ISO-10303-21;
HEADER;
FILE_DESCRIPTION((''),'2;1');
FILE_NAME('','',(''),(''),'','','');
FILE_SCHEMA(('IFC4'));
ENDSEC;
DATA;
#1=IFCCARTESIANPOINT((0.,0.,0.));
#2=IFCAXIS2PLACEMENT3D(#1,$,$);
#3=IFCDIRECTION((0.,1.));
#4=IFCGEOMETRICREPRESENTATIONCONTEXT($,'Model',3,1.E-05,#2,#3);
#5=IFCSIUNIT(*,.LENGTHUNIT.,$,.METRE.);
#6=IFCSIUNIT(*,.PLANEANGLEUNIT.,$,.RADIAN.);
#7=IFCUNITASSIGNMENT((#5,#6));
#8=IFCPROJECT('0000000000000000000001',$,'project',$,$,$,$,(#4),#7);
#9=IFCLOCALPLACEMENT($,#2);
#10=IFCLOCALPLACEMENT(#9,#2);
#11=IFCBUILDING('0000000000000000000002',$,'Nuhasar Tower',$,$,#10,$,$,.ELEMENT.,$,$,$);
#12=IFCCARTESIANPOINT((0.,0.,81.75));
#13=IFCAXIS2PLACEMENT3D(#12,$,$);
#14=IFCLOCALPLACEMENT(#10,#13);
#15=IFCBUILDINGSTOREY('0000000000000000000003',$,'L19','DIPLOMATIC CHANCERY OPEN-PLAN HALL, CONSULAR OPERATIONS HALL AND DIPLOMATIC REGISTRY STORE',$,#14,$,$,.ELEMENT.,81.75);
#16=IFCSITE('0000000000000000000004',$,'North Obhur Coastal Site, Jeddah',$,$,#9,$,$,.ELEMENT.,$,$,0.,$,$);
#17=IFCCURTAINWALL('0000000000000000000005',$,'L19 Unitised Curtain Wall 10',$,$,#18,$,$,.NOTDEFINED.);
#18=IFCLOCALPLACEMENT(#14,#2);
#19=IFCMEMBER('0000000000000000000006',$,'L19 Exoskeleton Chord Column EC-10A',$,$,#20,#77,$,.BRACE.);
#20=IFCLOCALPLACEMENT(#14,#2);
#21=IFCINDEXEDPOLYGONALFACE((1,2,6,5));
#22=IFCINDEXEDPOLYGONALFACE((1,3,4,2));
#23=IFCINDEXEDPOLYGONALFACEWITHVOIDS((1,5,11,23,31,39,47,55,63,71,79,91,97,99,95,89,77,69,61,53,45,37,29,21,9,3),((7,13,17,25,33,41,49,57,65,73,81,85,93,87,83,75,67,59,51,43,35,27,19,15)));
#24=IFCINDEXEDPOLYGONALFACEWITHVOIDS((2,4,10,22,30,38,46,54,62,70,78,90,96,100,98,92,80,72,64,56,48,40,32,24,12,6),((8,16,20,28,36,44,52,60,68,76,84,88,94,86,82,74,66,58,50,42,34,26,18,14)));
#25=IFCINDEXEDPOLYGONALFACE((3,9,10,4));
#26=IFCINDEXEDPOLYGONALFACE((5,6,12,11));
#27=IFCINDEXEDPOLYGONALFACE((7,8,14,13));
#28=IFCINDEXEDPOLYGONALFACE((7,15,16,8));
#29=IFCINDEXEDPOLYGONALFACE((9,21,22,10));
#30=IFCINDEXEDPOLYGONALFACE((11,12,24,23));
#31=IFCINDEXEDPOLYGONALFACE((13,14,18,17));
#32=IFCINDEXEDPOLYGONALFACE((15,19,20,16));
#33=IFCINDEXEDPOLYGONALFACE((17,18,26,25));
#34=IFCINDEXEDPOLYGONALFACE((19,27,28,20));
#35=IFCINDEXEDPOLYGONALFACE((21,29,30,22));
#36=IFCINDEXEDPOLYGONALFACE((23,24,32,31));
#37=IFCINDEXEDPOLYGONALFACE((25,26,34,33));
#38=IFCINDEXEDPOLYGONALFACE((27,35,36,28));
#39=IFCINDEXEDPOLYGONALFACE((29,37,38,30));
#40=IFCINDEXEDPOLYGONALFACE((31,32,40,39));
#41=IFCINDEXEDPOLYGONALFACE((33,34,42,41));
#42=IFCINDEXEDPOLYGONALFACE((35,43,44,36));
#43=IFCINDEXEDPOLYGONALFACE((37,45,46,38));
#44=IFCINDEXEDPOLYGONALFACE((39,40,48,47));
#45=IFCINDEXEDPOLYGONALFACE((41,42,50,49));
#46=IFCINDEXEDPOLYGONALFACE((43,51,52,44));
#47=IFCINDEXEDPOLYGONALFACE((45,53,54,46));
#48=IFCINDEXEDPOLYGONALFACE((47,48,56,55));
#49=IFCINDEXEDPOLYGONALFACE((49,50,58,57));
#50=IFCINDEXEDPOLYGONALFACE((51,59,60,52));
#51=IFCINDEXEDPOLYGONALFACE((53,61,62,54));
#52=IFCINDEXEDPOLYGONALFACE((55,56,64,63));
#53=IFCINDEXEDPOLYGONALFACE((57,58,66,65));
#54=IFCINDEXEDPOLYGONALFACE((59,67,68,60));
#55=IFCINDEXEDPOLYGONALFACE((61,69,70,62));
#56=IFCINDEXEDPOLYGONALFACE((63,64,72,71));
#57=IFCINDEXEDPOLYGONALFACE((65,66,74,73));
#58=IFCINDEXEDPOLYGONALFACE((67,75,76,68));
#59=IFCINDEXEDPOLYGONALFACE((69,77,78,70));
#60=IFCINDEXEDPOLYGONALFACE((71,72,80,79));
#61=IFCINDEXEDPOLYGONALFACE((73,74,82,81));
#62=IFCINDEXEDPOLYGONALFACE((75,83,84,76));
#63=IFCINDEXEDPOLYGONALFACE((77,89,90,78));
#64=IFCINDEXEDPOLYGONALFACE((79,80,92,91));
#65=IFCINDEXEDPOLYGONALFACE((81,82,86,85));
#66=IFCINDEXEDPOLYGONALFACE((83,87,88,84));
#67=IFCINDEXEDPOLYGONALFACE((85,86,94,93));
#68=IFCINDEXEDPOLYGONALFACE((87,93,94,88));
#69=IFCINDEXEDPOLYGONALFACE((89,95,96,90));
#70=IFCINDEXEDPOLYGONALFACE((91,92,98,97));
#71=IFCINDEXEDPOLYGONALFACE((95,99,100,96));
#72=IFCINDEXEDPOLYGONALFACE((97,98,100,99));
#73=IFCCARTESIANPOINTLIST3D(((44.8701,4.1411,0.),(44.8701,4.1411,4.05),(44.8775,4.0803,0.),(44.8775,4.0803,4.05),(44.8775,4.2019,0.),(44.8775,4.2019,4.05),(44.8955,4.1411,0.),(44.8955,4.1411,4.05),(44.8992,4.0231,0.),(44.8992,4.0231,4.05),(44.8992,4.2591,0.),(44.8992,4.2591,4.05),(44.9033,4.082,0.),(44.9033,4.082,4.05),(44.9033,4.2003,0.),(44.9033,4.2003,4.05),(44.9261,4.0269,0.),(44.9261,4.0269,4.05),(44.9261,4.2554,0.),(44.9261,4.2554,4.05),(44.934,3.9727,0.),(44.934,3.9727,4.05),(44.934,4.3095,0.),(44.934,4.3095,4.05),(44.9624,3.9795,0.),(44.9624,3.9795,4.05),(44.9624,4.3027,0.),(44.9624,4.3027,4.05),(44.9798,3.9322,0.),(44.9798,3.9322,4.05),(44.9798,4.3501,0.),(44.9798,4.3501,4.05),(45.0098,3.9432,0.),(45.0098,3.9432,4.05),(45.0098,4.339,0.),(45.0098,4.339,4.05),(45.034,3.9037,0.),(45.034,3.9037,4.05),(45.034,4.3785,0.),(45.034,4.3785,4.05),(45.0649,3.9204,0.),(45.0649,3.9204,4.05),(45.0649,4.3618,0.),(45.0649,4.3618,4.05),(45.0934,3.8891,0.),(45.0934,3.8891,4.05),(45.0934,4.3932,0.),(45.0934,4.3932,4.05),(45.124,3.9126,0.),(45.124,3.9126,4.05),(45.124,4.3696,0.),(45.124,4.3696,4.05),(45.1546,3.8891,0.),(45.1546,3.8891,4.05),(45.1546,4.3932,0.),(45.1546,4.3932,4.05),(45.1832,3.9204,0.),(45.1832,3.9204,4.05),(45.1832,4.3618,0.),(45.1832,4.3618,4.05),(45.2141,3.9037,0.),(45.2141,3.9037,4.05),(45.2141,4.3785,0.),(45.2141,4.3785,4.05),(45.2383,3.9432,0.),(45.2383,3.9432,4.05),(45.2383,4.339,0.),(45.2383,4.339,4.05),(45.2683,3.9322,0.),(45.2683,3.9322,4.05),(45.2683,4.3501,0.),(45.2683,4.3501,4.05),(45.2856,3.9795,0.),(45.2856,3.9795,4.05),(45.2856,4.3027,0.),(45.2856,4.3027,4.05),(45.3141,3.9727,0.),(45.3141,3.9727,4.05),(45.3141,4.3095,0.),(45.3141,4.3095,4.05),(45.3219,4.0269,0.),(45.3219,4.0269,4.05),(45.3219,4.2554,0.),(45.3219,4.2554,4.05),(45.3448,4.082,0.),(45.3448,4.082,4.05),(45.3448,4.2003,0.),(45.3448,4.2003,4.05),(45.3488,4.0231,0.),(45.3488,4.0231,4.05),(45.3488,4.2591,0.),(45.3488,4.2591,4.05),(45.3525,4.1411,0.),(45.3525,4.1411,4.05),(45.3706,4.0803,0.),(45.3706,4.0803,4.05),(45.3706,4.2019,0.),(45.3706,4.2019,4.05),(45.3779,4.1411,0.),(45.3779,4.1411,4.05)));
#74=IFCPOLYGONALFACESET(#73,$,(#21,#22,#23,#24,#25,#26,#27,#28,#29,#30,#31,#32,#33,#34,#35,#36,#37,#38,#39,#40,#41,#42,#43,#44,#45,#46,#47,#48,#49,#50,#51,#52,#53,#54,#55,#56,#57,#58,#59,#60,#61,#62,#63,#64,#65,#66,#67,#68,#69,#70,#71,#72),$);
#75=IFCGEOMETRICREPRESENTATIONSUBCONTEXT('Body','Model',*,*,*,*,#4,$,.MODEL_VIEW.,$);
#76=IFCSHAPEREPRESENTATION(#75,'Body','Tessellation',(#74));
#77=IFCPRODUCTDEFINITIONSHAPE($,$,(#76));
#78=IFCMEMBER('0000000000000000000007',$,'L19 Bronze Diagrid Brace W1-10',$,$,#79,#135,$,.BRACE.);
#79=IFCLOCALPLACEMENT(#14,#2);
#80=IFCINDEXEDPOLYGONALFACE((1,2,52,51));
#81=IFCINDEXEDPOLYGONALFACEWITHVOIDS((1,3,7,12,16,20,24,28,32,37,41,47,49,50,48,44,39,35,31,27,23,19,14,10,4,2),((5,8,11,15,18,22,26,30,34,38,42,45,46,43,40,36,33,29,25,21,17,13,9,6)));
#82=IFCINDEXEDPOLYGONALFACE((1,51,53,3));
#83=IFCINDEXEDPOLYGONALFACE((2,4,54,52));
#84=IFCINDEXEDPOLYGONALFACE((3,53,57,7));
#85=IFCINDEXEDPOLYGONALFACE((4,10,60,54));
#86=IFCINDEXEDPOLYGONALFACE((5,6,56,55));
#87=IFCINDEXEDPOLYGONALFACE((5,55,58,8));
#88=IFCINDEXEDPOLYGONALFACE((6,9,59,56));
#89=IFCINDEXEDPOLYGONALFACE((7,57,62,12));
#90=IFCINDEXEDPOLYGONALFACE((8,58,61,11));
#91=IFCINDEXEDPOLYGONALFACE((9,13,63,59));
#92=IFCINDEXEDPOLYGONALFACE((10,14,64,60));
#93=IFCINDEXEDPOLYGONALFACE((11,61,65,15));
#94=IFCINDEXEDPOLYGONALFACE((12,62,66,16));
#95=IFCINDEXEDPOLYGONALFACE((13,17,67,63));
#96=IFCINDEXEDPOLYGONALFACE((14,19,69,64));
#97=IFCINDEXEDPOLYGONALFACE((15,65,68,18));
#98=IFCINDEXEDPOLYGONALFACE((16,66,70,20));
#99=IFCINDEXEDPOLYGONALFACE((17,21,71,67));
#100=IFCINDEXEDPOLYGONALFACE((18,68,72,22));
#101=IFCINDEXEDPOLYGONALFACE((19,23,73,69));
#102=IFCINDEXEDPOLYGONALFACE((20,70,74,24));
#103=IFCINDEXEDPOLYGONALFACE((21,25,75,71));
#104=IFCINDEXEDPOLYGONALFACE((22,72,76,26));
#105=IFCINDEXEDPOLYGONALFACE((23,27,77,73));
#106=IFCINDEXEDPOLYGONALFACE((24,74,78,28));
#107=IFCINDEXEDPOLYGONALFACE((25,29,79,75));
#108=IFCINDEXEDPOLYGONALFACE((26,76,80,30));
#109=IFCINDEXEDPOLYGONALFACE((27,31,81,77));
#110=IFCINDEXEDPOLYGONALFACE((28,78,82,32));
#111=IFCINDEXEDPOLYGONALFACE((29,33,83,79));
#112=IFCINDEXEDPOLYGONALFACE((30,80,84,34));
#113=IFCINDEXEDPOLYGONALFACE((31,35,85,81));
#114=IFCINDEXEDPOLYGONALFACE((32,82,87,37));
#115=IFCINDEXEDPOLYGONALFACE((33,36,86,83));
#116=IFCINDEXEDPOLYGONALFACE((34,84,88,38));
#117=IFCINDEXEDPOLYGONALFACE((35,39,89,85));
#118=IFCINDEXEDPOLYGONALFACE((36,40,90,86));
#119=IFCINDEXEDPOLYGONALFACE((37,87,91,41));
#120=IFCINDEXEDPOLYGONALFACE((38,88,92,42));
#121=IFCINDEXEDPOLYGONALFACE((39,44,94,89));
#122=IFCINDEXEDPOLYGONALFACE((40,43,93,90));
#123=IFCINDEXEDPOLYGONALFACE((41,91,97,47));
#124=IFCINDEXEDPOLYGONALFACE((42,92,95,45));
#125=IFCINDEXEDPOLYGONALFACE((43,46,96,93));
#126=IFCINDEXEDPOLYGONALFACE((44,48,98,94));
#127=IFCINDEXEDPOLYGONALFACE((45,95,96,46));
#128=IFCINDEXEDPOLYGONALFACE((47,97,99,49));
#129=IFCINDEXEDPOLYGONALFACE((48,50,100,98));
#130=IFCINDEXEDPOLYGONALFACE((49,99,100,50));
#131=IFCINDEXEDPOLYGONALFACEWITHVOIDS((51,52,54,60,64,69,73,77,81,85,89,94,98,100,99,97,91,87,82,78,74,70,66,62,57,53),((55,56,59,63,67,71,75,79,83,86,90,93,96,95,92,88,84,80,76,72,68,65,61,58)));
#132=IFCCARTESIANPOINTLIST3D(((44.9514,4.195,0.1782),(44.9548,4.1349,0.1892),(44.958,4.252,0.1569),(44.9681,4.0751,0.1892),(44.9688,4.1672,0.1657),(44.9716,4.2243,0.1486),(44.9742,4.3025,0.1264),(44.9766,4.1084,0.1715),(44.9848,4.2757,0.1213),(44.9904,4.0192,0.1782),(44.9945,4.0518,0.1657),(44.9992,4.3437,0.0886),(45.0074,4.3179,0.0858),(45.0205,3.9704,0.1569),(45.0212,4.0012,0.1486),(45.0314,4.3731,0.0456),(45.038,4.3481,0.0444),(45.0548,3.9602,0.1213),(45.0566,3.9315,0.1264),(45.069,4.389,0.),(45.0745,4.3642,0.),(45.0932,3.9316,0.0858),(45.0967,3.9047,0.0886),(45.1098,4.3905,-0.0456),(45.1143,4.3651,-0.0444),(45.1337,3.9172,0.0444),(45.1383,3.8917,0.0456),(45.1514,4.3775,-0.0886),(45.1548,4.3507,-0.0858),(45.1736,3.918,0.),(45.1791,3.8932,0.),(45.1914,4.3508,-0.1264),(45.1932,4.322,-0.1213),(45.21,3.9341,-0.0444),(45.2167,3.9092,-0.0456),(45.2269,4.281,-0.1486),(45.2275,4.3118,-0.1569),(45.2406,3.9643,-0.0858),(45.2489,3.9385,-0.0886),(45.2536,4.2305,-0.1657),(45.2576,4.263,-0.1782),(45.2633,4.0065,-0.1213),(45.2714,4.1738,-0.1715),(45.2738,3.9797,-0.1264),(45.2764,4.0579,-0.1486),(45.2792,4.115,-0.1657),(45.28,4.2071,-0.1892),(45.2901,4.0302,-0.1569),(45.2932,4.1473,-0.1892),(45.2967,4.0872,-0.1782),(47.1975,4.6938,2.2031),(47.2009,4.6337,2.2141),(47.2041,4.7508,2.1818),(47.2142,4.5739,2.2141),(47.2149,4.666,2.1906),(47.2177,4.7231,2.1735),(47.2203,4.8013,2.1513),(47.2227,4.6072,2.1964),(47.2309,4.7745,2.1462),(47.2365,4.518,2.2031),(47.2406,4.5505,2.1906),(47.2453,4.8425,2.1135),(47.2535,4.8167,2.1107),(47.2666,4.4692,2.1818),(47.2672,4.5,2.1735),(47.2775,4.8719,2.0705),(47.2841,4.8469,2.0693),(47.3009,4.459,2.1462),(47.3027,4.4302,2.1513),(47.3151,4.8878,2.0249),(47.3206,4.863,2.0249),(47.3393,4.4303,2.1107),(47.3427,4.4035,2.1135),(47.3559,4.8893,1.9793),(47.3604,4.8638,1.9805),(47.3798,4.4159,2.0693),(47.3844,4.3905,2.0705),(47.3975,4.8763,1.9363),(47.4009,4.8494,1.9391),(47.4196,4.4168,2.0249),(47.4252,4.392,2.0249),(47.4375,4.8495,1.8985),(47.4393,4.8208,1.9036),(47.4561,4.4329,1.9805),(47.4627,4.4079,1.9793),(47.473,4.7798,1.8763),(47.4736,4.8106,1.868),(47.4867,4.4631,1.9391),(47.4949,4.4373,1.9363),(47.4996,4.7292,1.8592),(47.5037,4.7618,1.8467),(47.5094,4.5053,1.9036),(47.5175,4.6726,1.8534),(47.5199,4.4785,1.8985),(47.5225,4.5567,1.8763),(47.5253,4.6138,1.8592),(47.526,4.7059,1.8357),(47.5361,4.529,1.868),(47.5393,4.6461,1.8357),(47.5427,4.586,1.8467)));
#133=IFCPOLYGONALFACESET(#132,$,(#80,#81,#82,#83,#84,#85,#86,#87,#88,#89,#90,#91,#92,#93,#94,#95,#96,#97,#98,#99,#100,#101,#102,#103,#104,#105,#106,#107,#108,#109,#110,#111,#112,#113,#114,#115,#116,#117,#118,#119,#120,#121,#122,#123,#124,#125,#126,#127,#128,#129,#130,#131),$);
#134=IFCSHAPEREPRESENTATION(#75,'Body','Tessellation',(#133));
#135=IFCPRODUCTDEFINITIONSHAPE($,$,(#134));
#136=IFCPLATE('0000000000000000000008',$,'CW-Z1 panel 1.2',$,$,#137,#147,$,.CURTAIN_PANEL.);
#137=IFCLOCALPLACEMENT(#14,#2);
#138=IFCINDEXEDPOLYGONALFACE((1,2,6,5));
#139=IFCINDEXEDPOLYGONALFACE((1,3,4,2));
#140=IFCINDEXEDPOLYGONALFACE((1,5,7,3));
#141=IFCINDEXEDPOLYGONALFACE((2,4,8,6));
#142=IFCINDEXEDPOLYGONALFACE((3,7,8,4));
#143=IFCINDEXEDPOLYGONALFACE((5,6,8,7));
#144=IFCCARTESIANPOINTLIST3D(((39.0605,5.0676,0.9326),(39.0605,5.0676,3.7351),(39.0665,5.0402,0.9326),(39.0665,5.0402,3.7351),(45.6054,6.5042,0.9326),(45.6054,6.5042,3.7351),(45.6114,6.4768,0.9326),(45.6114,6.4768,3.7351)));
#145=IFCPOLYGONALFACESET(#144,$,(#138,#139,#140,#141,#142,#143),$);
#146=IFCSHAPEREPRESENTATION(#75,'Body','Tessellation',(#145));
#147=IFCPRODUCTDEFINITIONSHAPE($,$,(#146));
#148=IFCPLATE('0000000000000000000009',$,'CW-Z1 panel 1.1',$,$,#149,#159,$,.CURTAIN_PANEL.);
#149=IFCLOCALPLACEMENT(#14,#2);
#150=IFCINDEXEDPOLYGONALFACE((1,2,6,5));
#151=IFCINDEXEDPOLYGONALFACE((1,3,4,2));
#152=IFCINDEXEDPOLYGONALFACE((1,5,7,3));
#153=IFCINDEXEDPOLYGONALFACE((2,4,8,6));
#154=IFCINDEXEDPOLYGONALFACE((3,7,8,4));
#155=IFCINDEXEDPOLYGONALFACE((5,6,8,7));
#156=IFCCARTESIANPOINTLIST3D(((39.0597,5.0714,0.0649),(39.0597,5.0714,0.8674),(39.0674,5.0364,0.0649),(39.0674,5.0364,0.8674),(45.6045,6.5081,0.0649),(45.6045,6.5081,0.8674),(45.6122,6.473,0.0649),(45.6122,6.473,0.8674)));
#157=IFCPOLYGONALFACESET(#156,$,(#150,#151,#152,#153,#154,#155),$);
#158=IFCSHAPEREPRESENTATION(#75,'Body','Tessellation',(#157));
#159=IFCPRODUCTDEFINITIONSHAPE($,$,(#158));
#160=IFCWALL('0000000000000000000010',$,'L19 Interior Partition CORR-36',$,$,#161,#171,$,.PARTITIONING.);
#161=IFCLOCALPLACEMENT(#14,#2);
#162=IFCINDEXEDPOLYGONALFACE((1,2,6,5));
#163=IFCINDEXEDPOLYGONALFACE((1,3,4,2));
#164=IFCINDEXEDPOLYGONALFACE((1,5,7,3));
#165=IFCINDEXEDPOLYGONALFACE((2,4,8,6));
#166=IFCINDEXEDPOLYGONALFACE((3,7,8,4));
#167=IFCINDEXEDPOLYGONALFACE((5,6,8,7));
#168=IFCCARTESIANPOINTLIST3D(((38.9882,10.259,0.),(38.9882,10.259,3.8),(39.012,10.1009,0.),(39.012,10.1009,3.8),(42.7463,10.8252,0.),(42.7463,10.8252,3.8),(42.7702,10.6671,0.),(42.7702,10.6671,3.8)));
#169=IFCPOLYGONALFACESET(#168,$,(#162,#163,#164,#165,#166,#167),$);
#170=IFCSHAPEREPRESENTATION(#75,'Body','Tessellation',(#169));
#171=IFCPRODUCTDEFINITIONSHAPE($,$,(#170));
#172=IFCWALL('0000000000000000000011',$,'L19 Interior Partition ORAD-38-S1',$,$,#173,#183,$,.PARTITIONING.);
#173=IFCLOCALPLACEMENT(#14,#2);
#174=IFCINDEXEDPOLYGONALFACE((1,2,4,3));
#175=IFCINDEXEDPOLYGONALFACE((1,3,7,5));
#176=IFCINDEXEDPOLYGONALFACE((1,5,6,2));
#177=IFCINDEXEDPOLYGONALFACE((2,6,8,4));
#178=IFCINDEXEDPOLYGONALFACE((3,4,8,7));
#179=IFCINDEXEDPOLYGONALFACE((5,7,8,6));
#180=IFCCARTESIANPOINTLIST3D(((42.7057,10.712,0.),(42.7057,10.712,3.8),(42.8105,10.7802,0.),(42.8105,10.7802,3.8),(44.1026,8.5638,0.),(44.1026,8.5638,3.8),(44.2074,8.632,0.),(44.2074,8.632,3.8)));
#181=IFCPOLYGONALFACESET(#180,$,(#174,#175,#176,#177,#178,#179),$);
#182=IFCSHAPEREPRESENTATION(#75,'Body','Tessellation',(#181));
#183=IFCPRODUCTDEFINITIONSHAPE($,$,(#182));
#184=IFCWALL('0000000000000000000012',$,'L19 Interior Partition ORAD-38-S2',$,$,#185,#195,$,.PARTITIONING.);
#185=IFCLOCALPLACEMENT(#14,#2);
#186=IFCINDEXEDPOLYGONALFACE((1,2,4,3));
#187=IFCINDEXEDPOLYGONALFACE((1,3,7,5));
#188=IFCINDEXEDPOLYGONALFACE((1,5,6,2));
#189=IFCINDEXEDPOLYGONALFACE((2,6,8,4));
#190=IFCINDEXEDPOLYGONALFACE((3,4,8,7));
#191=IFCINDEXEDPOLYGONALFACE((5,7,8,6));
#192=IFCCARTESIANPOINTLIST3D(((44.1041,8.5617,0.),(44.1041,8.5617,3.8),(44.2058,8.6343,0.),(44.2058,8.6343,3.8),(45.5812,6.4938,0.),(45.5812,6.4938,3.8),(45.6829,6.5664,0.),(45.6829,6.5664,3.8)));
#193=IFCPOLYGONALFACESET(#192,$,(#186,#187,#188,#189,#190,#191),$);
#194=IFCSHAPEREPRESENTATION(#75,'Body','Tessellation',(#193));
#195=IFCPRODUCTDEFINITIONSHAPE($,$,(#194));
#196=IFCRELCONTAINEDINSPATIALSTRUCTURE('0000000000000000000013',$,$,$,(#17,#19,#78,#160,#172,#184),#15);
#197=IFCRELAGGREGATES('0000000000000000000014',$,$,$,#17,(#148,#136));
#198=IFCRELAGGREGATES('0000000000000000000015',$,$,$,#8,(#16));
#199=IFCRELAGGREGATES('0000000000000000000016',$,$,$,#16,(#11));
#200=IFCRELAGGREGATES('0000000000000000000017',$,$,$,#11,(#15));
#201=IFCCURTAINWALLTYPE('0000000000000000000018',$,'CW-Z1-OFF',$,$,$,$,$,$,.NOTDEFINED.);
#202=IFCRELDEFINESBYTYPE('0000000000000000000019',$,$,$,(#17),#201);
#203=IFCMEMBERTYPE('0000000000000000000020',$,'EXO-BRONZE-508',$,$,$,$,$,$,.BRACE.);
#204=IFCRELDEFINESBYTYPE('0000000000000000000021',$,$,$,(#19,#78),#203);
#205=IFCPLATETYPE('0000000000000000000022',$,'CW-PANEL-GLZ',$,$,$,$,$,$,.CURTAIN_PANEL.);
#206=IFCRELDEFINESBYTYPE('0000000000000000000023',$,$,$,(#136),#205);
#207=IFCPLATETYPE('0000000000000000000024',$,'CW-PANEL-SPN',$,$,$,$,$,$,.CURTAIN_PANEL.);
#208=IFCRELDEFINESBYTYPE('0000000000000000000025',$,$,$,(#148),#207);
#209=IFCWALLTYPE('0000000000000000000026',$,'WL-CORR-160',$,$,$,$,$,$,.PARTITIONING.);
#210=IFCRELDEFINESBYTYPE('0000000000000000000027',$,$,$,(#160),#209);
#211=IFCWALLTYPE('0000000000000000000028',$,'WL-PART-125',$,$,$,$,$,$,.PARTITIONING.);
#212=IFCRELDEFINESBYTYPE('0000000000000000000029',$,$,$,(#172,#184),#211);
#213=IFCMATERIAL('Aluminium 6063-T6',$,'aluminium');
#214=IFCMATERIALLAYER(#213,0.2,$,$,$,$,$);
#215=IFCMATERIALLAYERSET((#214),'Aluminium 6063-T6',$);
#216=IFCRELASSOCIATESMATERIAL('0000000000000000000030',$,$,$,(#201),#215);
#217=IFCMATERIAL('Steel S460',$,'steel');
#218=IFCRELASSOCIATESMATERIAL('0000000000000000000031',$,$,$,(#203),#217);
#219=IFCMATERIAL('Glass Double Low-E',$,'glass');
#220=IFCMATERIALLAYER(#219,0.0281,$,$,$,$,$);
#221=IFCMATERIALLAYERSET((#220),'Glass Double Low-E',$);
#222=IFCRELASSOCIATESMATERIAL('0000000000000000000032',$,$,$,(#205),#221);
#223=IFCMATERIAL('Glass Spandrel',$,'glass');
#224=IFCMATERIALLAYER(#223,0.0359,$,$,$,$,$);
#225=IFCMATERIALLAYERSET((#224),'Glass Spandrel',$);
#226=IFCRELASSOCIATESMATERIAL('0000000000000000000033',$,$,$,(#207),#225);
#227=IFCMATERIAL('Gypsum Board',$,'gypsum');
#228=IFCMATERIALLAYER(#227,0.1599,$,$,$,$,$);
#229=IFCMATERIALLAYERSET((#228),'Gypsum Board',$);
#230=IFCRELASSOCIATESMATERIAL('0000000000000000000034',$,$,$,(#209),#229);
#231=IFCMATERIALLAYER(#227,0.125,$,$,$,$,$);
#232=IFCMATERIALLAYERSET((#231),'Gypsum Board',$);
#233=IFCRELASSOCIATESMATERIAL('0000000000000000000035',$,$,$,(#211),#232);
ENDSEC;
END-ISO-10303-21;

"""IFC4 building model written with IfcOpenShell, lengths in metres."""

from ifc_helpers import new_model, si_unit, direction, frame, frame_2d, origin, origin_2d, place, context, subcontext, project, spatial, rectangle, hollow_circle, extrude, material, layer, layer_set, material_profile, profile_set, type_object, element, aggregate, save


model = new_model("IFC4")

# Units and contexts
model_context = context("Model", 3, precision=1e-05, world=origin(), true_north=direction((0.0, 1.0)))
body_context = subcontext(model_context, "Body", "Model", "MODEL_VIEW")
ifc_project = project(units=[si_unit("LENGTHUNIT", "METRE"), si_unit("PLANEANGLEUNIT", "RADIAN")], contexts=[model_context])

# Site, building, storey
site_placement = place(None, origin())
site = spatial("IfcSite", under=ifc_project, at=site_placement, Name="North Obhur Coastal Site, Jeddah", CompositionType="ELEMENT", RefElevation=0.0)
building_placement = place(site_placement, origin())
building = spatial("IfcBuilding", under=site, at=building_placement, Name="Nuhasar Tower", CompositionType="ELEMENT")
storey_placement = place(building_placement, frame((0.0, 0.0, 81.75)))
storey = spatial("IfcBuildingStorey", under=building, at=storey_placement, Name="L19", Description="DIPLOMATIC CHANCERY OPEN-PLAN HALL, CONSULAR OPERATIONS HALL AND DIPLOMATIC REGISTRY STORE", CompositionType="ELEMENT", Elevation=81.75)

# Shared definitions
ifc_material_1 = material(Name="Aluminium 6063-T6", Category="aluminium")
ifc_layer_1 = layer(ifc_material_1, 0.2)
ifc_layer_set_1 = layer_set([ifc_layer_1], Name="Aluminium 6063-T6")
curtain_wall_type = type_object("IfcCurtainWallType", Name="CW-Z1-OFF", PredefinedType="NOTDEFINED", material=ifc_layer_set_1)

# Curtain wall
curtain_wall_1_placement = place(storey_placement, origin())
curtain_wall_1 = element("IfcCurtainWall", 1, at=curtain_wall_1_placement, inside=storey, type_object=curtain_wall_type, Name="L19 Unitised Curtain Wall 10", PredefinedType="NOTDEFINED")

# Members
ifc_material_2 = material(Name="Steel S460", Category="steel")
ifc_material_profile_1 = material_profile(ifc_material_2, hollow_circle(Radius=0.2539, WallThickness=0.0254, at=origin_2d()), Name="HSS508X25.4")
ifc_profile_set_1 = profile_set([ifc_material_profile_1], Name="Steel S460")
member_type_1 = type_object("IfcMemberType", Name="EXO-BRONZE-508", PredefinedType="BRACE", material=ifc_profile_set_1)
member_1_placement = place(storey_placement, frame((45.124, 4.1411, 0.0), z_axis=(0.0, 0.0, 1.0), x_axis=(1.0, 0.0, 0.0)))
element("IfcMember", 2, at=member_1_placement, inside=storey, type_object=member_type_1, Name="L19 Exoskeleton Chord Column EC-10A", PredefinedType="BRACE", context=body_context, shape_type="SweptSolid", body=[
    extrude(hollow_circle(Radius=0.2539, WallThickness=0.0254, at=origin_2d()), origin(), (0.0, 0.0, 1.0), 4.05),
])
member_2_placement = place(storey_placement, frame((45.124, 4.1411, 0.0), z_axis=(0.732831, 0.162736, 0.660663), x_axis=(-0.216784, 0.97622, 0.0)))
element("IfcMember", 3, at=member_2_placement, inside=storey, type_object=member_type_1, Name="L19 Bronze Diagrid Brace W1-10", PredefinedType="BRACE", context=body_context, shape_type="SweptSolid", body=[
    extrude(hollow_circle(Radius=0.2539, WallThickness=0.0254, at=origin_2d()), origin(), (0.0, 0.0, 1.0), 3.0649),
])

# Plates
ifc_material_3 = material(Name="Glass Double Low-E", Category="glass")
ifc_layer_2 = layer(ifc_material_3, 0.0281)
ifc_layer_set_2 = layer_set([ifc_layer_2], Name="Glass Double Low-E")
plate_type_1 = type_object("IfcPlateType", Name="CW-PANEL-GLZ", PredefinedType="CURTAIN_PANEL", material=ifc_layer_set_2)
plate_1_placement = place(storey_placement, frame((42.3359, 5.7722, 0.9326), z_axis=(0.0, 0.0, 1.0), x_axis=(0.976746, 0.214399, 0.0)))
plate_1 = element("IfcPlate", 4, at=plate_1_placement, type_object=plate_type_1, Name="CW-Z1 panel 1.2", PredefinedType="CURTAIN_PANEL", context=body_context, shape_type="SweptSolid", body=[
    extrude(rectangle(XDim=6.7007, YDim=0.0281, at=origin_2d()), origin(), (0.0, 0.0, 1.0), 2.8025),
])
ifc_material_4 = material(Name="Glass Spandrel", Category="glass")
ifc_layer_3 = layer(ifc_material_4, 0.0359)
ifc_layer_set_3 = layer_set([ifc_layer_3], Name="Glass Spandrel")
plate_type_2 = type_object("IfcPlateType", Name="CW-PANEL-SPN", PredefinedType="CURTAIN_PANEL", material=ifc_layer_set_3)
plate_2_placement = place(storey_placement, frame((42.3359, 5.7722, 0.0649), z_axis=(0.0, 0.0, 1.0), x_axis=(0.976746, 0.214399, 0.0)))
plate_2 = element("IfcPlate", 5, at=plate_2_placement, type_object=plate_type_2, Name="CW-Z1 panel 1.1", PredefinedType="CURTAIN_PANEL", context=body_context, shape_type="SweptSolid", body=[
    extrude(rectangle(XDim=6.7007, YDim=0.0359, at=origin_2d()), origin(), (0.0, 0.0, 1.0), 0.8025),
])
aggregate(curtain_wall_1, [plate_2, plate_1])

# Wall
ifc_material_5 = material(Name="Gypsum Board", Category="gypsum")
ifc_layer_4 = layer(ifc_material_5, 0.1599)
ifc_layer_set_4 = layer_set([ifc_layer_4], Name="Gypsum Board")
wall_type_1 = type_object("IfcWallType", Name="WL-CORR-160", PredefinedType="PARTITIONING", material=ifc_layer_set_4)
wall_1_placement = place(storey_placement, frame((39.0, 10.1799, 0.0), z_axis=(0.0, 0.0, 1.0), x_axis=(0.988841, 0.148972, 0.0)))
element("IfcWall", 6, at=wall_1_placement, inside=storey, type_object=wall_type_1, Name="L19 Interior Partition CORR-36", PredefinedType="PARTITIONING", context=body_context, shape_type="SweptSolid", body=[
    extrude(rectangle(XDim=3.8005, YDim=0.1599, at=frame_2d((1.9004, 0.0))), origin(), (0.0, 0.0, 1.0), 3.8),
])

# Walls
ifc_layer_5 = layer(ifc_material_5, 0.125)
ifc_layer_set_5 = layer_set([ifc_layer_5], Name="Gypsum Board")
wall_type_2 = type_object("IfcWallType", Name="WL-PART-125", PredefinedType="PARTITIONING", material=ifc_layer_set_5)
wall_2_placement = place(storey_placement, frame((42.7581, 10.7461, 0.0), z_axis=(0.0, 0.0, 1.0), x_axis=(0.545166, -0.838328, 0.0)))
element("IfcWall", 7, at=wall_2_placement, inside=storey, type_object=wall_type_2, Name="L19 Interior Partition ORAD-38-S1", PredefinedType="PARTITIONING", context=body_context, shape_type="SweptSolid", body=[
    extrude(rectangle(XDim=2.5625, YDim=0.125, at=frame_2d((1.2812, 0.0))), origin(), (0.0, 0.0, 1.0), 3.8),
])
wall_3_placement = place(storey_placement, frame((44.155, 8.5979, 0.0), z_axis=(0.0, 0.0, 1.0), x_axis=(0.581238, -0.813733, 0.0)))
element("IfcWall", 8, at=wall_3_placement, inside=storey, type_object=wall_type_2, Name="L19 Interior Partition ORAD-38-S2", PredefinedType="PARTITIONING", context=body_context, shape_type="SweptSolid", body=[
    extrude(rectangle(XDim=2.5413, YDim=0.125, at=frame_2d((1.2705, 0.0))), origin(), (0.0, 0.0, 1.0), 3.8),
])

save(model, "model.ifc")
